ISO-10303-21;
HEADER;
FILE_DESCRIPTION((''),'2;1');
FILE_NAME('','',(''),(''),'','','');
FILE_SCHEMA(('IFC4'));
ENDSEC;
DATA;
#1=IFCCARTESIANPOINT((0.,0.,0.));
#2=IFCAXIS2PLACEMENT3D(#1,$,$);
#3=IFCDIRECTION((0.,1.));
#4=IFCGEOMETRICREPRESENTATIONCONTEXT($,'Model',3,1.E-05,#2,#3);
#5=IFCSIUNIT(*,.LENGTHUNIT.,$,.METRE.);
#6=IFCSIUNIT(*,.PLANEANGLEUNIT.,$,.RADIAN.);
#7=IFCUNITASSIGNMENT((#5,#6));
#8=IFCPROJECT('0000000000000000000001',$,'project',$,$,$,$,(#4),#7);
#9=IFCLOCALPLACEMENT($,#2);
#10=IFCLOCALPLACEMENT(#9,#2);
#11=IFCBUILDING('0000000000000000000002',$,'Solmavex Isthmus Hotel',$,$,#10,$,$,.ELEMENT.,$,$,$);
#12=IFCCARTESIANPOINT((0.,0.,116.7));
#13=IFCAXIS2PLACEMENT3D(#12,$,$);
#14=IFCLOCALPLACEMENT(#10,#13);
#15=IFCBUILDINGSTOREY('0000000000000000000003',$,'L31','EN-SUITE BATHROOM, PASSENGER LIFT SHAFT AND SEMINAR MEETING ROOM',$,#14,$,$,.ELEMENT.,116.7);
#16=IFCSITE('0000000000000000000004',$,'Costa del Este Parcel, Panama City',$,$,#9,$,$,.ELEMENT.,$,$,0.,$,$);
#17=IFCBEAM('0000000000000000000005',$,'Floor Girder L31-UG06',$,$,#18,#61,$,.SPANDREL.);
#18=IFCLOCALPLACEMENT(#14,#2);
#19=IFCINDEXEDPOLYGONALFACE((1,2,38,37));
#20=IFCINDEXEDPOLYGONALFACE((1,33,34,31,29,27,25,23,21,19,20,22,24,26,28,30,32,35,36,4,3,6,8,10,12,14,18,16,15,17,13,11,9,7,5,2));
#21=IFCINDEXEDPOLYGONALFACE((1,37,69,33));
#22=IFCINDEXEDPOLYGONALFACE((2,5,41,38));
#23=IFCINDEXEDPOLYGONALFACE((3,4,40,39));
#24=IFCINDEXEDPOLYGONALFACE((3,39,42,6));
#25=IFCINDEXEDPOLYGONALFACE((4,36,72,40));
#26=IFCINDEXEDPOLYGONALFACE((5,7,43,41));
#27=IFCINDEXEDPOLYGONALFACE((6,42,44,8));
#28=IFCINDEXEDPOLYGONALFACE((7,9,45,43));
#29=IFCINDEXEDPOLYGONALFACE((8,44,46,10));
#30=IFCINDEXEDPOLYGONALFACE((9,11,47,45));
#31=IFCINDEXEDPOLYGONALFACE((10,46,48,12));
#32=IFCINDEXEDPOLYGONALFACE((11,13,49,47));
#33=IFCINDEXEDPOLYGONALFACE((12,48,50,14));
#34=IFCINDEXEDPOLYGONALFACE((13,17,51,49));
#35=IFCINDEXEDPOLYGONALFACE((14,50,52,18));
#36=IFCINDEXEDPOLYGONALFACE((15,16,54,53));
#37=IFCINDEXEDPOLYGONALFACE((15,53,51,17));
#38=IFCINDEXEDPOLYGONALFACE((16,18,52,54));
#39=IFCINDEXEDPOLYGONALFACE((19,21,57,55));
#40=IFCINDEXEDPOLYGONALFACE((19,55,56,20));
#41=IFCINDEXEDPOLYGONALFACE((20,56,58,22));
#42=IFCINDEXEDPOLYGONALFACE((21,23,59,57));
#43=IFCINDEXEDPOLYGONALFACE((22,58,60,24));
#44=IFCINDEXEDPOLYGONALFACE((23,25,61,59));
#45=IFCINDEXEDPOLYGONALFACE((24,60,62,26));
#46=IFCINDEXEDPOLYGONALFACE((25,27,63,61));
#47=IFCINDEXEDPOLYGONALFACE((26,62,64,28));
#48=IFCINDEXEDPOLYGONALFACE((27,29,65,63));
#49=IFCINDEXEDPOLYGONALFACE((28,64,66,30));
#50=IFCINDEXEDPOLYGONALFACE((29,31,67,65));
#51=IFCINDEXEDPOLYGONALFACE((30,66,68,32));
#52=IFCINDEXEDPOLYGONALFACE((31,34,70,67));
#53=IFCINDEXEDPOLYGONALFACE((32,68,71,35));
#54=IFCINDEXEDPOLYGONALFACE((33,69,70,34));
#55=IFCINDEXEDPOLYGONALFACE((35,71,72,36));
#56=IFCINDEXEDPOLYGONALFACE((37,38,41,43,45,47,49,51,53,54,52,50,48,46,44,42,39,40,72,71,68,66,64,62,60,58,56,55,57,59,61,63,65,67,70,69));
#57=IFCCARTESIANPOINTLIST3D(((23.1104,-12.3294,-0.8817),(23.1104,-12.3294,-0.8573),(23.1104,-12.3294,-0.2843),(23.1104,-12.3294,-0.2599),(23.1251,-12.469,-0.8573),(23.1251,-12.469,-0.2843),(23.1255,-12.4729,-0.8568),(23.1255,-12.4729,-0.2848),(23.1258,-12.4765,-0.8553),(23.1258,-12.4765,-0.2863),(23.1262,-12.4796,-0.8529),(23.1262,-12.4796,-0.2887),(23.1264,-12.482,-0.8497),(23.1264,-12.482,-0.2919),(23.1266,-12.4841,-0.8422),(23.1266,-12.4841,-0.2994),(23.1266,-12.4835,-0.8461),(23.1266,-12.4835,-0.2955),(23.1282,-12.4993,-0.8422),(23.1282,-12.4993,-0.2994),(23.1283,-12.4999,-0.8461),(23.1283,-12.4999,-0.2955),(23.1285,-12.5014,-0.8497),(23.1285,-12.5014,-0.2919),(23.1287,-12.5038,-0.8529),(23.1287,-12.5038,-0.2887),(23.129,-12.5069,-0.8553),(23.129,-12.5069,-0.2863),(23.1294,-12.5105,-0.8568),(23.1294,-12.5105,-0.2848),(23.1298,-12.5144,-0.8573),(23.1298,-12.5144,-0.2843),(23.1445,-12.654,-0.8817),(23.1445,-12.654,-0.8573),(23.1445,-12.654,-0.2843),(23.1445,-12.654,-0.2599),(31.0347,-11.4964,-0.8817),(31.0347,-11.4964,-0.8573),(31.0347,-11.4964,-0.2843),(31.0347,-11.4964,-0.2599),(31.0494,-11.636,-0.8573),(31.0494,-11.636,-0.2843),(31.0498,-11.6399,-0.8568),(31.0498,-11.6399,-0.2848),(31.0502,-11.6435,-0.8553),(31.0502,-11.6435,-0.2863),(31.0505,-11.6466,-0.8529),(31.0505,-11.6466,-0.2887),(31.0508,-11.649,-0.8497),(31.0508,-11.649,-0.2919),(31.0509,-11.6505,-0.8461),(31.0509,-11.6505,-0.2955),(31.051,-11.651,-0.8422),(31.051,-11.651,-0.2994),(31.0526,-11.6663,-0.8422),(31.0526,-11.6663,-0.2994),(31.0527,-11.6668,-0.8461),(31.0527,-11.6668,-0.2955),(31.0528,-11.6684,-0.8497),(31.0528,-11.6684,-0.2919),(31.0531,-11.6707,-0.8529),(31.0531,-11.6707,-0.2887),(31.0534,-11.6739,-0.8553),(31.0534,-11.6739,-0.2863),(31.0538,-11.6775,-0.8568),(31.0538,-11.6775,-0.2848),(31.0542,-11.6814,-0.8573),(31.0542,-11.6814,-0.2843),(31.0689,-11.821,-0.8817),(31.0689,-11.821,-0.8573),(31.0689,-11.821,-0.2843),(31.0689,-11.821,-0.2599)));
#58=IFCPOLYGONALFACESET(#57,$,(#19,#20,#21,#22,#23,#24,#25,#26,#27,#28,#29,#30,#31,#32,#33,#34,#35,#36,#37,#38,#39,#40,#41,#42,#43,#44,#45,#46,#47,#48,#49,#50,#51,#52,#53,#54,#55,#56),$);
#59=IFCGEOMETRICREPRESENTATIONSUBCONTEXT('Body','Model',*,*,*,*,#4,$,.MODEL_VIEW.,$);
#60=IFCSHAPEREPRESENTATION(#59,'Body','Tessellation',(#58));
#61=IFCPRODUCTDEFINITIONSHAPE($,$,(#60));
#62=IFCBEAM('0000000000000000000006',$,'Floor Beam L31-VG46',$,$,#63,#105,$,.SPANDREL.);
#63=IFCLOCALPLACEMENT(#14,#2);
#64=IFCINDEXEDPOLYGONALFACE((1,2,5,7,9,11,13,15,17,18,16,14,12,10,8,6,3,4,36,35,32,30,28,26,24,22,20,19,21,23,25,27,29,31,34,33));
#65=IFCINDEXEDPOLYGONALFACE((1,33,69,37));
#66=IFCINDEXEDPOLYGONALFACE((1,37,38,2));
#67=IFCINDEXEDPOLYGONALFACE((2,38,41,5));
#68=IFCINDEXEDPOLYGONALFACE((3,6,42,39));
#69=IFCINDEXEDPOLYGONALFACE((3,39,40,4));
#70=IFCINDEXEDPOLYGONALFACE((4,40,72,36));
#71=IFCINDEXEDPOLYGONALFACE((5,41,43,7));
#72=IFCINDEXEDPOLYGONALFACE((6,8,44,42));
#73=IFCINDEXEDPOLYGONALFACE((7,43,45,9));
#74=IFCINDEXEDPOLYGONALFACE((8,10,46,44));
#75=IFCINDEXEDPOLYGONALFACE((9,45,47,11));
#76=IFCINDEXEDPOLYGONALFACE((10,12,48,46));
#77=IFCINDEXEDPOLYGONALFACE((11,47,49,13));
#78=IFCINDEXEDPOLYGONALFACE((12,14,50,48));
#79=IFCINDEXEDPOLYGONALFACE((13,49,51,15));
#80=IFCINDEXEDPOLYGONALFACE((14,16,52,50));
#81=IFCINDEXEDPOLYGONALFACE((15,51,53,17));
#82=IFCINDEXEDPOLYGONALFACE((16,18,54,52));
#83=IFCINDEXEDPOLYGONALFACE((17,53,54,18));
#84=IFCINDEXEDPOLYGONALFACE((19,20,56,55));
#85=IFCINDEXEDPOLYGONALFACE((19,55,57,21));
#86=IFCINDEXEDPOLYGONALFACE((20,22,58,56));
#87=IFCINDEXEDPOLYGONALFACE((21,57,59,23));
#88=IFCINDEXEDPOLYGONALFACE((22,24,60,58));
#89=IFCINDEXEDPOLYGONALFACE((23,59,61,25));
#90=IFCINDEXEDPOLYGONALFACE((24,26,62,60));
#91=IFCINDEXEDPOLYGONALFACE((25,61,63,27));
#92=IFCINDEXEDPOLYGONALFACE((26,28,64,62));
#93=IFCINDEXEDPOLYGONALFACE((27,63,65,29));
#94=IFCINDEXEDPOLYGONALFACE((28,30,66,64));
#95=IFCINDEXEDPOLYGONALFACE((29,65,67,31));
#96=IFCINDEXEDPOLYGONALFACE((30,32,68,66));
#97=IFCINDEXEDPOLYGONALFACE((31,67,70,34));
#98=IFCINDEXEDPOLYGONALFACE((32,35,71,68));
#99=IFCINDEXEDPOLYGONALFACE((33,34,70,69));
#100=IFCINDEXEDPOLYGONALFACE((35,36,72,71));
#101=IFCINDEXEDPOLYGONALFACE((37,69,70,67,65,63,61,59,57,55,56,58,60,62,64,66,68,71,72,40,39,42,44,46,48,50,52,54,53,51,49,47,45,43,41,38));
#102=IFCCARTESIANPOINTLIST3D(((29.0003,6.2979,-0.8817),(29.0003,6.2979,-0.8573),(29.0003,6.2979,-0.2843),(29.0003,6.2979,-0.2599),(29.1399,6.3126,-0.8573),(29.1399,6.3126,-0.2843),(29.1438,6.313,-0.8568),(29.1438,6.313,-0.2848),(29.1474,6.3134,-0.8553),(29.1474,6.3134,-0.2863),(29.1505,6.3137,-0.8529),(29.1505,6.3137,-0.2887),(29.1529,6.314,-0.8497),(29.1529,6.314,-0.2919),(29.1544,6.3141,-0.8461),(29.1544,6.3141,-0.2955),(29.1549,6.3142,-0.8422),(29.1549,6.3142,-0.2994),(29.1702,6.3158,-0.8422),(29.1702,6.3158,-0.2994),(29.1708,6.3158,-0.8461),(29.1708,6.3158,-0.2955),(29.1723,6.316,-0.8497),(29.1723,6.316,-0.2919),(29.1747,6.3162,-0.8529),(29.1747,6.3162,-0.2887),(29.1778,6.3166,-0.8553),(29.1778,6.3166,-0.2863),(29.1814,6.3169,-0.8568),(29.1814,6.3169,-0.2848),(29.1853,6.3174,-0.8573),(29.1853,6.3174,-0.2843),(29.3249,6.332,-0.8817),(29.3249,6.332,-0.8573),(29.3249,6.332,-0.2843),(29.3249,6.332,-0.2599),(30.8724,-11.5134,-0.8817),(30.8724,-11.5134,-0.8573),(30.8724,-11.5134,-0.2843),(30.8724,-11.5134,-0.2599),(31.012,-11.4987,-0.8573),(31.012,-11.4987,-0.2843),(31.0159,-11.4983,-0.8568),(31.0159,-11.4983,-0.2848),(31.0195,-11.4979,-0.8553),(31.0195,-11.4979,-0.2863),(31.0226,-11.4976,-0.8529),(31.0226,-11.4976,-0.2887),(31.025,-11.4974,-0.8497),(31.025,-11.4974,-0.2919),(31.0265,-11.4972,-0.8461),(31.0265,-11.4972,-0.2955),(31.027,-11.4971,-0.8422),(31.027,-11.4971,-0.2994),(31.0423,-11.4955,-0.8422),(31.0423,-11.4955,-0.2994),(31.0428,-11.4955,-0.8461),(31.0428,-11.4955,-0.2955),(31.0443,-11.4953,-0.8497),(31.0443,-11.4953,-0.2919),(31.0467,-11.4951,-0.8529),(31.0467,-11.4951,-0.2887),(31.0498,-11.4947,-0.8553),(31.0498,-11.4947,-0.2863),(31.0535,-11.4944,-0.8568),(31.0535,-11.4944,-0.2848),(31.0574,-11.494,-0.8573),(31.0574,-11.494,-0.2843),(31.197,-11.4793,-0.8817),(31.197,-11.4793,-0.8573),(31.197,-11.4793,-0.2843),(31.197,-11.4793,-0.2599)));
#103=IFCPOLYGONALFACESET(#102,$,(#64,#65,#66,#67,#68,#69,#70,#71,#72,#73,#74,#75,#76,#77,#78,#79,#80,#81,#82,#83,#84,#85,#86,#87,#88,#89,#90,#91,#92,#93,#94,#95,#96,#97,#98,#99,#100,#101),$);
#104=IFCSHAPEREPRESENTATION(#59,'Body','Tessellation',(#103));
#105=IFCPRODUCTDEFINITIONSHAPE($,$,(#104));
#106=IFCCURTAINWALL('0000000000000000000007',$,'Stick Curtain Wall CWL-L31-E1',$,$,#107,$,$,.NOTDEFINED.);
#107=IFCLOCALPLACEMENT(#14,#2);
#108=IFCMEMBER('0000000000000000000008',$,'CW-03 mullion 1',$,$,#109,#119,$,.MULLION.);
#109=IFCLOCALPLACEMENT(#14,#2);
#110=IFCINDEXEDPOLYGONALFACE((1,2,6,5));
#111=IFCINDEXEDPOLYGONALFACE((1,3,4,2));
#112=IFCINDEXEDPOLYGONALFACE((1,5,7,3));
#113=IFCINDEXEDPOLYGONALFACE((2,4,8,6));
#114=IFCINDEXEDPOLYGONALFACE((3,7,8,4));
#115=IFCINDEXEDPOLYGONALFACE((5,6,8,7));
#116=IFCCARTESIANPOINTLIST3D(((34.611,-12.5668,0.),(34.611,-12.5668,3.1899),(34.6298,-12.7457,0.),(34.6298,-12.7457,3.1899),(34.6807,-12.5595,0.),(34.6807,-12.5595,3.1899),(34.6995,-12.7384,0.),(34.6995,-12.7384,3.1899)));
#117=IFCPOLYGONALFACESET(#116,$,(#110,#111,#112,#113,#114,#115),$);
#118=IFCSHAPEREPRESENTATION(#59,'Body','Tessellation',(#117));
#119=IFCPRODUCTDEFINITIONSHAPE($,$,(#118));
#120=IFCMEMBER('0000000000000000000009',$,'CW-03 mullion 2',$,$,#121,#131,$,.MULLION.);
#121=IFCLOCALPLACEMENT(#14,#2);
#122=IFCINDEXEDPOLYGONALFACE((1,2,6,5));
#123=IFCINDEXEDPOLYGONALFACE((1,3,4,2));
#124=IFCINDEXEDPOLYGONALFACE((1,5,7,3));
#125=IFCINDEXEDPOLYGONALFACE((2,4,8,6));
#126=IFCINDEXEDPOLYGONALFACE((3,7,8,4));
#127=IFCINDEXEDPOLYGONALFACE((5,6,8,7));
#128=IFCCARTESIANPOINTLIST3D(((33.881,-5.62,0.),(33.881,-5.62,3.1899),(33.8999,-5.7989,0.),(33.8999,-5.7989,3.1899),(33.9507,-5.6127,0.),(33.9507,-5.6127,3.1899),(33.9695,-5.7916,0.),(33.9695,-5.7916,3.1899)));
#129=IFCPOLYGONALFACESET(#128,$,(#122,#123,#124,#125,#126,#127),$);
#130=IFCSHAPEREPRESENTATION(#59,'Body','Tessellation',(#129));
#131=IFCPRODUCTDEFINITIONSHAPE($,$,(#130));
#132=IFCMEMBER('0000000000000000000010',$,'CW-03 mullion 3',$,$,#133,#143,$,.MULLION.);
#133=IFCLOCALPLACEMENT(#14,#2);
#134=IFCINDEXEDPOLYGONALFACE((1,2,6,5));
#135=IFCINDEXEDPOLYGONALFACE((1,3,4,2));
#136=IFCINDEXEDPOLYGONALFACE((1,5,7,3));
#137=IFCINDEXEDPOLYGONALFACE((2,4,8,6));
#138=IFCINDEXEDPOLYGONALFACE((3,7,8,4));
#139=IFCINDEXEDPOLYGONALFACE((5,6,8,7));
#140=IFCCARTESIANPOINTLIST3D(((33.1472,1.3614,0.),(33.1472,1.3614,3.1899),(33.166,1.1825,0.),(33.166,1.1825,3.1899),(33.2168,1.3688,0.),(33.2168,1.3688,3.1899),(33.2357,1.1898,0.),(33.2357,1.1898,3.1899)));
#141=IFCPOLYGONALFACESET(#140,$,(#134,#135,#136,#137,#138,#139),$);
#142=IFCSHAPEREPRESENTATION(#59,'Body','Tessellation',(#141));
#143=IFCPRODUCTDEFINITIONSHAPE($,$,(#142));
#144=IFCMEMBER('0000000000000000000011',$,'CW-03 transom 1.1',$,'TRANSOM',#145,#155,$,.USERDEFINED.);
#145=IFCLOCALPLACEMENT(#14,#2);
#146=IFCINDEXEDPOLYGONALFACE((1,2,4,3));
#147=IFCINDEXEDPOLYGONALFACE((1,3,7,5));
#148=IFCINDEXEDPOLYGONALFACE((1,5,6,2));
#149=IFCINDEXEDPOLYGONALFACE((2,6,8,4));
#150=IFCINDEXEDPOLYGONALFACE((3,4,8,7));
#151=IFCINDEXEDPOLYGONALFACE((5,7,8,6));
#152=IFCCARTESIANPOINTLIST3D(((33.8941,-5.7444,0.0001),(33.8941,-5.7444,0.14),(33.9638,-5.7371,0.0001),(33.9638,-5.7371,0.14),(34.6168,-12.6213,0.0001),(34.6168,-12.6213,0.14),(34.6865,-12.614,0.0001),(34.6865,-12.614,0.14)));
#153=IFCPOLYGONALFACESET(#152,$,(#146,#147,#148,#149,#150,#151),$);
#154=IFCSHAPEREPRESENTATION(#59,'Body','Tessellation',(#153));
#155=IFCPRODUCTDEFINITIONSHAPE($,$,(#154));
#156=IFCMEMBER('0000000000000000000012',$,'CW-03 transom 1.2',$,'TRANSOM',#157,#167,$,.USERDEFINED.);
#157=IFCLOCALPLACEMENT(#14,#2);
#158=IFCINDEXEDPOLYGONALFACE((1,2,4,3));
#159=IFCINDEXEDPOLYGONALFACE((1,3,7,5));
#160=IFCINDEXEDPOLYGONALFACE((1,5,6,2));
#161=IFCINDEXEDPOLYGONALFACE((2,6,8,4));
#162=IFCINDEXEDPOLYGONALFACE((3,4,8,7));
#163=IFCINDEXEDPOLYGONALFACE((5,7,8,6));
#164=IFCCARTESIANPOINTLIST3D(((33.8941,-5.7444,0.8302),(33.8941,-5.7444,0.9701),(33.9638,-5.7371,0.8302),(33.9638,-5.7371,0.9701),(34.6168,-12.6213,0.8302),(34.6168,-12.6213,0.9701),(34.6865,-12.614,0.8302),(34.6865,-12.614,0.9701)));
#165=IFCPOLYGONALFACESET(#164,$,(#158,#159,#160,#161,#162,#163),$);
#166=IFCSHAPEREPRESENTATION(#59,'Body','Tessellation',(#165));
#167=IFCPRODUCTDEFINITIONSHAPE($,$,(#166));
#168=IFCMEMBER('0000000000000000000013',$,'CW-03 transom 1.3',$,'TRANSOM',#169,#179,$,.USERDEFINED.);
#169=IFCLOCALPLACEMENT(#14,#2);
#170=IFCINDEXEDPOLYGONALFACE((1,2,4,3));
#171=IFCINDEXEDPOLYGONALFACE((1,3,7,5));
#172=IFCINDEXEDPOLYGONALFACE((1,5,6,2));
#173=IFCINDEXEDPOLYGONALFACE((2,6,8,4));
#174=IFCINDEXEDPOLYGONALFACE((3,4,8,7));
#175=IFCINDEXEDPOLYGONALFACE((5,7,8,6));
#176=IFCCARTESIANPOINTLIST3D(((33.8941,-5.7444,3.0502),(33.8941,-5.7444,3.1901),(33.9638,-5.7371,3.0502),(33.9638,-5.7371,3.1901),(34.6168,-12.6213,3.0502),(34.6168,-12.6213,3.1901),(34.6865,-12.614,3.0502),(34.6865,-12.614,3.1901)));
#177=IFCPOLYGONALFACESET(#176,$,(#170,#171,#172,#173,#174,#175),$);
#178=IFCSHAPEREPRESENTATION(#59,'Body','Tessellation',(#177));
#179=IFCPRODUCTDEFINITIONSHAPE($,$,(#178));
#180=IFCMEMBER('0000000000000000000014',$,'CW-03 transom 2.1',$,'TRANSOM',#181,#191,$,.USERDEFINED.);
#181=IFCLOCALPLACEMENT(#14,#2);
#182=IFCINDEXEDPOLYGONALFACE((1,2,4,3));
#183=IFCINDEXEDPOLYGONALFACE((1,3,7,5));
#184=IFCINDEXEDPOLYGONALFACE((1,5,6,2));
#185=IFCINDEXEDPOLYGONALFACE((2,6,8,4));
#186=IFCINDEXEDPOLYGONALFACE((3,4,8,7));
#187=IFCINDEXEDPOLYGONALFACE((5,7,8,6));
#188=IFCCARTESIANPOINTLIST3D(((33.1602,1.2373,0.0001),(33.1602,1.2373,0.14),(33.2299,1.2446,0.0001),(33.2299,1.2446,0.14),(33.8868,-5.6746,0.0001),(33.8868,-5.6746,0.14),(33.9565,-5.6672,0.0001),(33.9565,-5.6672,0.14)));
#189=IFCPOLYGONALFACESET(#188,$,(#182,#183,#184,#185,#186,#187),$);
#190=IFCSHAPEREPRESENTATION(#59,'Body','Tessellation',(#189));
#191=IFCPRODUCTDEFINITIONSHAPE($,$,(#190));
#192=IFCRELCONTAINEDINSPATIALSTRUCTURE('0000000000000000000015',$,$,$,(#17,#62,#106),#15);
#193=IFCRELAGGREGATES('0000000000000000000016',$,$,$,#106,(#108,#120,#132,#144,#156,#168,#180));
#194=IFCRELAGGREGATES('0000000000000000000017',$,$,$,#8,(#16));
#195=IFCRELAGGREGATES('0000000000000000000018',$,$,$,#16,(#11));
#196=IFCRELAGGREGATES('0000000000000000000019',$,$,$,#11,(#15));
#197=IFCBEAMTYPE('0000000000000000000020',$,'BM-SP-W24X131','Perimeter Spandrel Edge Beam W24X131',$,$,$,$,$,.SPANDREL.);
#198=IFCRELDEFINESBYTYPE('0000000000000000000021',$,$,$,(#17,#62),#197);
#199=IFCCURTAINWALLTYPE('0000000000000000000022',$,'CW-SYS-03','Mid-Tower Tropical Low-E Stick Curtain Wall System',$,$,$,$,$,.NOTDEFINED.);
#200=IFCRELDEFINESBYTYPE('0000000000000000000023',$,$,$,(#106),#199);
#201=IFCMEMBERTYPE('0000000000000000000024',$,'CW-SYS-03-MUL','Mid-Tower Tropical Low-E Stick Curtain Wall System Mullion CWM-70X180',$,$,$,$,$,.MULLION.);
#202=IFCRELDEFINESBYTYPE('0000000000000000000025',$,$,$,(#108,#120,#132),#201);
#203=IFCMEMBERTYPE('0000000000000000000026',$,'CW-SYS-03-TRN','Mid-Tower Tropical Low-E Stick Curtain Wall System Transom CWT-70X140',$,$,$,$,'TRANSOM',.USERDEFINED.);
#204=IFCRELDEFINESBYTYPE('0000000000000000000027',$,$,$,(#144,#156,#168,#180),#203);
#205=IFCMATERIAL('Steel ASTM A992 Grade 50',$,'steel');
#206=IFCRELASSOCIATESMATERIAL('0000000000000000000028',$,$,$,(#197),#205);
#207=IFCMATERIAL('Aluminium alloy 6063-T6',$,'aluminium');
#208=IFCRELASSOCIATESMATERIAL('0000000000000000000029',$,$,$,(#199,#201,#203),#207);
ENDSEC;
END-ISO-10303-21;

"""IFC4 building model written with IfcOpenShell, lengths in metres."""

from ifc_helpers import new_model, si_unit, direction, frame, origin, origin_2d, place, context, subcontext, project, spatial, rectangle, i_section, extrude, material, material_profile, profile_set, type_object, element, aggregate, save


model = new_model("IFC4")

# Units and contexts
model_context = context("Model", 3, precision=1e-05, world=origin(), true_north=direction((0.0, 1.0)))
body_context = subcontext(model_context, "Body", "Model", "MODEL_VIEW")
ifc_project = project(units=[si_unit("LENGTHUNIT", "METRE"), si_unit("PLANEANGLEUNIT", "RADIAN")], contexts=[model_context])

# Site, building, storey
site_placement = place(None, origin())
site = spatial("IfcSite", under=ifc_project, at=site_placement, Name="Costa del Este Parcel, Panama City", CompositionType="ELEMENT", RefElevation=0.0)
building_placement = place(site_placement, origin())
building = spatial("IfcBuilding", under=site, at=building_placement, Name="Solmavex Isthmus Hotel", CompositionType="ELEMENT")
storey_placement = place(building_placement, frame((0.0, 0.0, 116.7)))
storey = spatial("IfcBuildingStorey", under=building, at=storey_placement, Name="L31", Description="EN-SUITE BATHROOM, PASSENGER LIFT SHAFT AND SEMINAR MEETING ROOM", CompositionType="ELEMENT", Elevation=116.7)

# Beams
ifc_material_1 = material(Name="Steel ASTM A992 Grade 50", Category="steel")
ifc_material_profile_1 = material_profile(ifc_material_1, i_section(OverallWidth=0.3264, OverallDepth=0.6218, WebThickness=0.0154, FlangeThickness=0.0244, FilletRadius=0.0151, at=origin_2d()), Name="W24X131")
ifc_profile_set_1 = profile_set([ifc_material_profile_1], Name="Steel ASTM A992 Grade 50")
beam_type_1 = type_object("IfcBeamType", Name="BM-SP-W24X131", Description="Perimeter Spandrel Edge Beam W24X131", PredefinedType="SPANDREL", material=ifc_profile_set_1)
beam_1_placement = place(storey_placement, frame((23.1274, -12.4917, -0.5708), z_axis=(0.99452, 0.104544, 0.0), x_axis=(-0.104544, 0.99452, 0.0)))
element("IfcBeam", 1, at=beam_1_placement, inside=storey, type_object=beam_type_1, Name="Floor Girder L31-UG06", PredefinedType="SPANDREL", context=body_context, shape_type="SweptSolid", body=[
    extrude(i_section(OverallWidth=0.3264, OverallDepth=0.6218, WebThickness=0.0154, FlangeThickness=0.0244, FilletRadius=0.0151, at=origin_2d()), origin(), (0.0, 0.0, 1.0), 7.968),
])
beam_2_placement = place(storey_placement, frame((31.0347, -11.4963, -0.5708), z_axis=(-0.10453, 0.994522, 0.0), x_axis=(-0.994522, -0.10453, 0.0)))
element("IfcBeam", 2, at=beam_2_placement, inside=storey, type_object=beam_type_1, Name="Floor Beam L31-VG46", PredefinedType="SPANDREL", context=body_context, shape_type="SweptSolid", body=[
    extrude(i_section(OverallWidth=0.3264, OverallDepth=0.6218, WebThickness=0.0154, FlangeThickness=0.0244, FilletRadius=0.0151, at=origin_2d()), origin(), (0.0, 0.0, 1.0), 17.9094),
])

# Curtain wall, members
ifc_material_2 = material(Name="Aluminium alloy 6063-T6", Category="aluminium")
curtain_wall_type = type_object("IfcCurtainWallType", Name="CW-SYS-03", Description="Mid-Tower Tropical Low-E Stick Curtain Wall System", PredefinedType="NOTDEFINED", material=ifc_material_2)
curtain_wall_placement = place(storey_placement, origin())
curtain_wall = element("IfcCurtainWall", 3, at=curtain_wall_placement, inside=storey, type_object=curtain_wall_type, Name="Stick Curtain Wall CWL-L31-E1", PredefinedType="NOTDEFINED")
ifc_material_profile_2 = material_profile(ifc_material_2, rectangle(XDim=0.0701, YDim=0.1799, at=origin_2d()), Name="CWM-70X180")
ifc_profile_set_2 = profile_set([ifc_material_profile_2], Name="Aluminium alloy 6063-T6")
member_type_1 = type_object("IfcMemberType", Name="CW-SYS-03-MUL", Description="Mid-Tower Tropical Low-E Stick Curtain Wall System Mullion CWM-70X180", PredefinedType="MULLION", material=ifc_profile_set_2)
member_1_placement = place(storey_placement, frame((34.6553, -12.6526, 0.0), z_axis=(0.0, 0.0, 1.0), x_axis=(-0.994522, -0.104528, 0.0)))
member_1 = element("IfcMember", 4, at=member_1_placement, type_object=member_type_1, Name="CW-03 mullion 1", PredefinedType="MULLION", context=body_context, shape_type="SweptSolid", body=[
    extrude(rectangle(XDim=0.0701, YDim=0.1799, at=origin_2d()), origin(), (0.0, 0.0, 1.0), 3.1899),
])
member_2_placement = place(storey_placement, frame((33.9253, -5.7058, 0.0), z_axis=(0.0, 0.0, 1.0), x_axis=(-0.994522, -0.104528, 0.0)))
member_2 = element("IfcMember", 5, at=member_2_placement, type_object=member_type_1, Name="CW-03 mullion 2", PredefinedType="MULLION", context=body_context, shape_type="SweptSolid", body=[
    extrude(rectangle(XDim=0.0701, YDim=0.1799, at=origin_2d()), origin(), (0.0, 0.0, 1.0), 3.1899),
])
member_3_placement = place(storey_placement, frame((33.1914, 1.2756, 0.0), z_axis=(0.0, 0.0, 1.0), x_axis=(-0.994522, -0.104528, 0.0)))
member_3 = element("IfcMember", 6, at=member_3_placement, type_object=member_type_1, Name="CW-03 mullion 3", PredefinedType="MULLION", context=body_context, shape_type="SweptSolid", body=[
    extrude(rectangle(XDim=0.0701, YDim=0.1799, at=origin_2d()), origin(), (0.0, 0.0, 1.0), 3.1899),
])
ifc_material_profile_3 = material_profile(ifc_material_2, rectangle(XDim=0.0701, YDim=0.1399, at=origin_2d()), Name="CWT-70X140")
ifc_profile_set_3 = profile_set([ifc_material_profile_3], Name="Aluminium alloy 6063-T6")
member_type_2 = type_object("IfcMemberType", Name="CW-SYS-03-TRN", Description="Mid-Tower Tropical Low-E Stick Curtain Wall System Transom CWT-70X140", ElementType="TRANSOM", PredefinedType="USERDEFINED", material=ifc_profile_set_3)
member_4_placement = place(storey_placement, frame((34.6516, -12.6177, 0.0701), z_axis=(-0.104508, 0.994524, 0.0), x_axis=(-0.994524, -0.104508, 0.0)))
member_4 = element("IfcMember", 7, at=member_4_placement, type_object=member_type_2, Name="CW-03 transom 1.1", ObjectType="TRANSOM", PredefinedType="USERDEFINED", context=body_context, shape_type="SweptSolid", body=[
    extrude(rectangle(XDim=0.0701, YDim=0.1399, at=origin_2d()), origin(), (0.0, 0.0, 1.0), 6.9148),
])
member_5_placement = place(storey_placement, frame((34.6516, -12.6177, 0.9001), z_axis=(-0.104508, 0.994524, 0.0), x_axis=(-0.994524, -0.104508, 0.0)))
member_5 = element("IfcMember", 8, at=member_5_placement, type_object=member_type_2, Name="CW-03 transom 1.2", ObjectType="TRANSOM", PredefinedType="USERDEFINED", context=body_context, shape_type="SweptSolid", body=[
    extrude(rectangle(XDim=0.0701, YDim=0.1399, at=origin_2d()), origin(), (0.0, 0.0, 1.0), 6.9148),
])
member_6_placement = place(storey_placement, frame((34.6516, -12.6177, 3.1201), z_axis=(-0.104508, 0.994524, 0.0), x_axis=(-0.994524, -0.104508, 0.0)))
member_6 = element("IfcMember", 9, at=member_6_placement, type_object=member_type_2, Name="CW-03 transom 1.3", ObjectType="TRANSOM", PredefinedType="USERDEFINED", context=body_context, shape_type="SweptSolid", body=[
    extrude(rectangle(XDim=0.0701, YDim=0.1399, at=origin_2d()), origin(), (0.0, 0.0, 1.0), 6.9148),
])
member_7_placement = place(storey_placement, frame((33.9216, -5.6709, 0.0701), z_axis=(-0.104542, 0.99452, 0.0), x_axis=(-0.99452, -0.104542, 0.0)))
member_7 = element("IfcMember", 10, at=member_7_placement, type_object=member_type_2, Name="CW-03 transom 2.1", ObjectType="TRANSOM", PredefinedType="USERDEFINED", context=body_context, shape_type="SweptSolid", body=[
    extrude(rectangle(XDim=0.0701, YDim=0.1399, at=origin_2d()), origin(), (0.0, 0.0, 1.0), 6.95),
])
aggregate(curtain_wall, [member_1, member_2, member_3, member_4, member_5, member_6, member_7])

save(model, "model.ifc")
